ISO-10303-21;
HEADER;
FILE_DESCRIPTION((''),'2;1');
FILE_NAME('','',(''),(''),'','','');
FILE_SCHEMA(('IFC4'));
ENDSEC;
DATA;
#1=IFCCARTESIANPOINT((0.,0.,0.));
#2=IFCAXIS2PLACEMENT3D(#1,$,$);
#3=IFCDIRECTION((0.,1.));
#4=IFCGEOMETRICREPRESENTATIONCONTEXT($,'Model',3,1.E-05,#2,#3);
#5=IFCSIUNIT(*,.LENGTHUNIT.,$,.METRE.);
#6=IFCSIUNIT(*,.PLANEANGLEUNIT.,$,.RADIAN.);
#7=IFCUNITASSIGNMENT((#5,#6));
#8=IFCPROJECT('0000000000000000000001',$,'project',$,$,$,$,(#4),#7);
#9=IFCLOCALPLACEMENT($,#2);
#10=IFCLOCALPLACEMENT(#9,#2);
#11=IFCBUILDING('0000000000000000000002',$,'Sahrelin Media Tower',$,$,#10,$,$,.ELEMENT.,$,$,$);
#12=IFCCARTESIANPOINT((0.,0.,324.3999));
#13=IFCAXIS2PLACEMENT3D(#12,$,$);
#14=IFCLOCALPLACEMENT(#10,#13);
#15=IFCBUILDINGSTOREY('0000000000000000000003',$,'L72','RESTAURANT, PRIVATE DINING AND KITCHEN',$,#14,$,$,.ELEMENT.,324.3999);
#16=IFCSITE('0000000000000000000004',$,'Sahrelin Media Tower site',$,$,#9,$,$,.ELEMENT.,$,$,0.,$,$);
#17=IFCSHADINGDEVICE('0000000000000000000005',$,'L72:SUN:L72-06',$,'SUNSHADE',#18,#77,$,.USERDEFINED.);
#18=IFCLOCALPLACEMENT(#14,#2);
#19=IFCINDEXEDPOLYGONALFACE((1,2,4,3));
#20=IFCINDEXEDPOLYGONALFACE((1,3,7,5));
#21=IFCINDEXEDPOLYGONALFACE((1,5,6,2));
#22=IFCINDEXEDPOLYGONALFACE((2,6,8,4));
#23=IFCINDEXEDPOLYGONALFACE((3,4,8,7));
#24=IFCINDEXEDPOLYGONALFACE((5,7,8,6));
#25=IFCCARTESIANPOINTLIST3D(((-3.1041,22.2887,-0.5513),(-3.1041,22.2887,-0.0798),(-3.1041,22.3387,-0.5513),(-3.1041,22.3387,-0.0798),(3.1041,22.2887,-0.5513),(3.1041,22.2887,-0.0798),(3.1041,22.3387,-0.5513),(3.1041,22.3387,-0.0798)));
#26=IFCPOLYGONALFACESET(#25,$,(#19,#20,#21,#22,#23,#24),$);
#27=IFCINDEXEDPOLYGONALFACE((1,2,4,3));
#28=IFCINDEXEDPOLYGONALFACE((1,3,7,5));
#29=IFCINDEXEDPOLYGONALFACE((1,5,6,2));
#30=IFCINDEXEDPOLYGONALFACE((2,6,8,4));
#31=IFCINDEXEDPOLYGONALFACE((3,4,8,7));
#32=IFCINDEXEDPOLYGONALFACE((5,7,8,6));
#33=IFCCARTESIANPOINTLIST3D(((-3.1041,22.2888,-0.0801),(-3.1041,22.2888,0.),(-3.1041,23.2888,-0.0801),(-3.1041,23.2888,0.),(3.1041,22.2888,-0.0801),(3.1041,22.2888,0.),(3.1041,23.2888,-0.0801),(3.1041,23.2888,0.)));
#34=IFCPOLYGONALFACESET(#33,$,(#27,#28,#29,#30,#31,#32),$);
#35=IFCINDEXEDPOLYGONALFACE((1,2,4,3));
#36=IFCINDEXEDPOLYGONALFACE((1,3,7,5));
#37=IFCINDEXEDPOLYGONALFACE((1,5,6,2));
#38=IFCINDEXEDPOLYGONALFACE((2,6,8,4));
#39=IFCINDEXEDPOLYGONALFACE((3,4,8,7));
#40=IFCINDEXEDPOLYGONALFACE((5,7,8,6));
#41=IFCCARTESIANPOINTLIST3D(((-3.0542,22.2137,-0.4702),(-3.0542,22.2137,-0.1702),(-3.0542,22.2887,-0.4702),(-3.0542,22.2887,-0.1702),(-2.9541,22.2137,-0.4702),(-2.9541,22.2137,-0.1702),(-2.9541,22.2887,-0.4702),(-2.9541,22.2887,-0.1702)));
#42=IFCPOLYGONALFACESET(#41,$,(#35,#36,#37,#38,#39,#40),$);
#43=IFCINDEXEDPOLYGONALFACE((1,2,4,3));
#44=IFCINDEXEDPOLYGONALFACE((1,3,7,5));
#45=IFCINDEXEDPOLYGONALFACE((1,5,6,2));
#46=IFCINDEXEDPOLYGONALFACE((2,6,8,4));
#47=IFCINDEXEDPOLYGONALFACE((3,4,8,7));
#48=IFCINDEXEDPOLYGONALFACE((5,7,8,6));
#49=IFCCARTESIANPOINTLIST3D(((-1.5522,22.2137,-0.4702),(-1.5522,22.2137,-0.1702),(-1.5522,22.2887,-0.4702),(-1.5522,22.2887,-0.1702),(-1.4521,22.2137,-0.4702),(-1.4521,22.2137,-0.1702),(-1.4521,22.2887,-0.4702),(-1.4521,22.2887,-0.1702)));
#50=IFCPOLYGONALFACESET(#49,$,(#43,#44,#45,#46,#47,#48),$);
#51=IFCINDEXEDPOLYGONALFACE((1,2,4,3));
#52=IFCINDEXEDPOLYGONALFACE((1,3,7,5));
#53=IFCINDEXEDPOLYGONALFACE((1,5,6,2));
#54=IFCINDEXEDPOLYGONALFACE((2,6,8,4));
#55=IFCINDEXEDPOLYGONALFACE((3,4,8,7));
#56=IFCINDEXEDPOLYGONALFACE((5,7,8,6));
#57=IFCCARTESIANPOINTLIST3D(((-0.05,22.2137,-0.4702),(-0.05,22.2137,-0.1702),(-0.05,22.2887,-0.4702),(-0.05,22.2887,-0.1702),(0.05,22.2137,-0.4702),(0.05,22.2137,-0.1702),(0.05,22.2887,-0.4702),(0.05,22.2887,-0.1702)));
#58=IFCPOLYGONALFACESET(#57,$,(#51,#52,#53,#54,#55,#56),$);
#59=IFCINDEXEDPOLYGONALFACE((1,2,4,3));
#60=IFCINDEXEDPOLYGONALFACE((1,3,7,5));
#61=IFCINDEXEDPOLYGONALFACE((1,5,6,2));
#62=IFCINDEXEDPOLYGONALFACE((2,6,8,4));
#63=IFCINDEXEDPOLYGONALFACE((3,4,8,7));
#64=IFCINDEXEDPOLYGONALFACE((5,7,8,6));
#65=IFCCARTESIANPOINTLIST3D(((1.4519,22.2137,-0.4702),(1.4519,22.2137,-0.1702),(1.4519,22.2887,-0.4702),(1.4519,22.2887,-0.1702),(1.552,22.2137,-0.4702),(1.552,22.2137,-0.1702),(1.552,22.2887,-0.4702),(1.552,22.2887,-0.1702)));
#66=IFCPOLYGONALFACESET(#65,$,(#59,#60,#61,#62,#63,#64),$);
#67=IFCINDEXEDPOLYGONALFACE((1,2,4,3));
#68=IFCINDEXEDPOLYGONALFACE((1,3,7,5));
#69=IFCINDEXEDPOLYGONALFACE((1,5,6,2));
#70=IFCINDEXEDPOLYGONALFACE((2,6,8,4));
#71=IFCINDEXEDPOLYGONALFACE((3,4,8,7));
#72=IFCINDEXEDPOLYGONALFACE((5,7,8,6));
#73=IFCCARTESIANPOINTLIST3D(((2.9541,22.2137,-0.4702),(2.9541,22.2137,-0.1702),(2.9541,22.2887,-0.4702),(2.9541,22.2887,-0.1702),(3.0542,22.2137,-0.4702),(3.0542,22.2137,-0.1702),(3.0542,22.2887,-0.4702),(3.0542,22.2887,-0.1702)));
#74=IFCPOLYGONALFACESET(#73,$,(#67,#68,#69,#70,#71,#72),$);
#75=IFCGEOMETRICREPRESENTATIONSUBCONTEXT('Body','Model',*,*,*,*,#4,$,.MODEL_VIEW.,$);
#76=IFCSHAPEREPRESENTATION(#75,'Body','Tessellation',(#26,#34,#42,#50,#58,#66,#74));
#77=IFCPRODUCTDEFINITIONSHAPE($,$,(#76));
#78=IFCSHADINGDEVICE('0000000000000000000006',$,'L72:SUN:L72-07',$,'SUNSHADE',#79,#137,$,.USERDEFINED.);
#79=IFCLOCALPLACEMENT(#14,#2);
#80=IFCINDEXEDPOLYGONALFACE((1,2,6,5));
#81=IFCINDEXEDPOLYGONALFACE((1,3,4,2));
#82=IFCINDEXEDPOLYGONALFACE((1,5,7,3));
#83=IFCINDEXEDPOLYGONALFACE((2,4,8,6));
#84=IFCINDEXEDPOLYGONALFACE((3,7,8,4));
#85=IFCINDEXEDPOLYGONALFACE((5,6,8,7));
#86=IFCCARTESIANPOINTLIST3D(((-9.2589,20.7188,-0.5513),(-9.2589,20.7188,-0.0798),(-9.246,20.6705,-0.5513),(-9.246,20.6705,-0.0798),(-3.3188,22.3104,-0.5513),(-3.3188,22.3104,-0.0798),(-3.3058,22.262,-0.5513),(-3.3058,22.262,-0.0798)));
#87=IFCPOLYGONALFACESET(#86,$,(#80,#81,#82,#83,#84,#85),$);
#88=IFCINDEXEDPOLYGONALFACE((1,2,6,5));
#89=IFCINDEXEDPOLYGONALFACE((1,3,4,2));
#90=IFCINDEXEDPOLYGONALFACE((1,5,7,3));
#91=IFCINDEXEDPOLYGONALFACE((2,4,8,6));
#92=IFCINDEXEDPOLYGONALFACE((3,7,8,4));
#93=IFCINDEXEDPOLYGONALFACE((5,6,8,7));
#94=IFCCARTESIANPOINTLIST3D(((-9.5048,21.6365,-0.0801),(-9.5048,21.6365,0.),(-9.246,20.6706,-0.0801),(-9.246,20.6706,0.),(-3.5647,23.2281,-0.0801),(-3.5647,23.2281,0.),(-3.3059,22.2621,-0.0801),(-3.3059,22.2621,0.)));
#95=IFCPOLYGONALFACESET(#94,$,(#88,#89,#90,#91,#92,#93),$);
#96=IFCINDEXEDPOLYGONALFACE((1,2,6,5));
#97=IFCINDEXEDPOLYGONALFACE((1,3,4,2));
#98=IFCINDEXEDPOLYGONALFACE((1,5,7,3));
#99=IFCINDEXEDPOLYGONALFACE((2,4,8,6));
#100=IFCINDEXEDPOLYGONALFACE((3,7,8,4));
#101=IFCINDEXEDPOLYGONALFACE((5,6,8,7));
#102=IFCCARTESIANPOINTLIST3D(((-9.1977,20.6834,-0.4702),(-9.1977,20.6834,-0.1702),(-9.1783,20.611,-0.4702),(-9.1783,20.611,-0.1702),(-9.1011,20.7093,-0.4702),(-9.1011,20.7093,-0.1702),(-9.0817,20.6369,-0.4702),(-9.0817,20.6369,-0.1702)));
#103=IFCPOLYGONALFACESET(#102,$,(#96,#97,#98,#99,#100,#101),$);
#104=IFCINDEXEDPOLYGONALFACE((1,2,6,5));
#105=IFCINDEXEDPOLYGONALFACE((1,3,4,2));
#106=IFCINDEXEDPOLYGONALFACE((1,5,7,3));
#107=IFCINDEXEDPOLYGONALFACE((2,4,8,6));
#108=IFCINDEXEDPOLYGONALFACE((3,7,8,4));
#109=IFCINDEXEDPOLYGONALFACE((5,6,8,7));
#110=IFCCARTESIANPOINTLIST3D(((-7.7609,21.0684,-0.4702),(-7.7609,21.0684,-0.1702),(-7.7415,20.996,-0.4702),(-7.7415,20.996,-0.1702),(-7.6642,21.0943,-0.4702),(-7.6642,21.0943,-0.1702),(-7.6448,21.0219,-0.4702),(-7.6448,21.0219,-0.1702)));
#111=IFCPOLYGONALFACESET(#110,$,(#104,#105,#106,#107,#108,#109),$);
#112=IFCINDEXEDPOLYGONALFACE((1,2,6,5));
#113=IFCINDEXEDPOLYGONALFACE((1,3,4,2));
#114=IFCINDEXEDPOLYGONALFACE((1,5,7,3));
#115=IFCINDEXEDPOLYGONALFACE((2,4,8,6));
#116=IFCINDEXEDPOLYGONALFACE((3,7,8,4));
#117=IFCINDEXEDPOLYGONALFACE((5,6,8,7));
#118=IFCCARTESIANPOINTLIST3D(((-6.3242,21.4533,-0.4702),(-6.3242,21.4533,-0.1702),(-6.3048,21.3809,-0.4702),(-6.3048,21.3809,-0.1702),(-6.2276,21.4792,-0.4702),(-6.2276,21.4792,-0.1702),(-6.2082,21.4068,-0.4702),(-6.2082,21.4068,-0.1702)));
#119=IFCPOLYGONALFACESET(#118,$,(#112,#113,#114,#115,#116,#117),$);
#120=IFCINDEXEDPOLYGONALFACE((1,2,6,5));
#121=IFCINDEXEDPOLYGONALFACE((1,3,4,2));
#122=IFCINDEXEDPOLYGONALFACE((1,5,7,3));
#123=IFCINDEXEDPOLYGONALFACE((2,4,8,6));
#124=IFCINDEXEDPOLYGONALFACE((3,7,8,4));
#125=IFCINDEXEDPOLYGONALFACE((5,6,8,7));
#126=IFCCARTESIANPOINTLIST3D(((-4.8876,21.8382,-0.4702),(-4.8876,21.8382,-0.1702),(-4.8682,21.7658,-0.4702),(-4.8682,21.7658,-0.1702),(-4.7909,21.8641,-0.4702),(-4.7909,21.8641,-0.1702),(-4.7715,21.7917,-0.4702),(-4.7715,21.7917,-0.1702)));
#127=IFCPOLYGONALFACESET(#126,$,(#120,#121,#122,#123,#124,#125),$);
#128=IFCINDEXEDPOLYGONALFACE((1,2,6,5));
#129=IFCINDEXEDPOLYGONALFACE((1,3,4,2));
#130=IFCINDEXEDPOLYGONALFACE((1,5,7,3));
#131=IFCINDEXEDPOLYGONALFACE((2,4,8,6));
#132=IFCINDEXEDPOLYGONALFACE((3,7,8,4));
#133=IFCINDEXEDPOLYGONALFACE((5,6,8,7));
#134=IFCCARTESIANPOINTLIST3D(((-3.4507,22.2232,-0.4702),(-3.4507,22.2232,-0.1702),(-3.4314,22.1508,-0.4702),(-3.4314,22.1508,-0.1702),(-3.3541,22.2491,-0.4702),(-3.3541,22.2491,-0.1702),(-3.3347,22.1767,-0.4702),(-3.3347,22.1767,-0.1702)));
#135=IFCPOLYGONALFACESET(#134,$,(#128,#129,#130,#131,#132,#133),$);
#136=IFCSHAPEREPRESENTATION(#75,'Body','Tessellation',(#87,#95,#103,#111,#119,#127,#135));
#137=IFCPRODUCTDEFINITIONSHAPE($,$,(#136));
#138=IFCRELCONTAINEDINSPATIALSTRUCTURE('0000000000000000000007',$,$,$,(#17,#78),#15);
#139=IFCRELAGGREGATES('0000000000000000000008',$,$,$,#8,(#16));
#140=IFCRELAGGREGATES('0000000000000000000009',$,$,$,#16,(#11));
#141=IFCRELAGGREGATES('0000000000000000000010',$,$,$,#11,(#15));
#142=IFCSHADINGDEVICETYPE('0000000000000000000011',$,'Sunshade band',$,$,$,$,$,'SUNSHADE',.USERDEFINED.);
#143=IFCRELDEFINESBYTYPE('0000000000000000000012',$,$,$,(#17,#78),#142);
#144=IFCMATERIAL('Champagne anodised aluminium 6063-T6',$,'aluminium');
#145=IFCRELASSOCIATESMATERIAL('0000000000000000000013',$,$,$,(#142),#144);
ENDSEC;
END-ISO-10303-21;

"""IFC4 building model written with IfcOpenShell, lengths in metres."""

from ifc_helpers import new_model, si_unit, direction, frame, origin, origin_2d, place, context, subcontext, project, spatial, rectangle, extrude, material, type_object, element, save


model = new_model("IFC4")

# Units and contexts
model_context = context("Model", 3, precision=1e-05, world=origin(), true_north=direction((0.0, 1.0)))
body_context = subcontext(model_context, "Body", "Model", "MODEL_VIEW")
ifc_project = project(units=[si_unit("LENGTHUNIT", "METRE"), si_unit("PLANEANGLEUNIT", "RADIAN")], contexts=[model_context])

# Site, building, storey
site_placement = place(None, origin())
site = spatial("IfcSite", under=ifc_project, at=site_placement, Name="Sahrelin Media Tower site", CompositionType="ELEMENT", RefElevation=0.0)
building_placement = place(site_placement, origin())
building = spatial("IfcBuilding", under=site, at=building_placement, Name="Sahrelin Media Tower", CompositionType="ELEMENT")
storey_placement = place(building_placement, frame((0.0, 0.0, 324.3999)))
storey = spatial("IfcBuildingStorey", under=building, at=storey_placement, Name="L72", Description="RESTAURANT, PRIVATE DINING AND KITCHEN", CompositionType="ELEMENT", Elevation=324.3999)

# Shared definitions
ifc_material_1 = material(Name="Champagne anodised aluminium 6063-T6", Category="aluminium")
placement_1 = place(storey_placement, frame((0.0, 22.2688, 0.0), z_axis=(0.0, 0.0, 1.0), x_axis=(1.0, 0.0, 0.0)))

# Shading devices
placement_2 = place(storey_placement, frame((-6.2708, 21.447, 0.0), z_axis=(0.0, 0.0, 1.0), x_axis=(0.965929, 0.258808, 0.0)))
shading_device_type_1 = type_object("IfcShadingDeviceType", Name="Sunshade band", ElementType="SUNSHADE", PredefinedType="USERDEFINED", material=ifc_material_1)
element("IfcShadingDevice", 1, at=placement_1, inside=storey, type_object=shading_device_type_1, Name="L72:SUN:L72-06", ObjectType="SUNSHADE", PredefinedType="USERDEFINED", context=body_context, shape_type="SweptSolid", body=[
    extrude(rectangle(XDim=6.2083, YDim=0.05, at=origin_2d()), frame((0.0, 0.0449, -0.5513)), (0.0, 0.0, 1.0), 0.4714),
    extrude(rectangle(XDim=6.2083, YDim=1.0, at=origin_2d()), frame((0.0, 0.52, -0.0801)), (0.0, 0.0, 1.0), 0.0801),
    extrude(rectangle(XDim=0.1001, YDim=0.075, at=origin_2d()), frame((-3.0042, -0.0176, -0.4702)), (0.0, 0.0, 1.0), 0.3),
    extrude(rectangle(XDim=0.1001, YDim=0.075, at=origin_2d()), frame((-1.5022, -0.0176, -0.4702)), (0.0, 0.0, 1.0), 0.3),
    extrude(rectangle(XDim=0.1001, YDim=0.075, at=origin_2d()), frame((0.0, -0.0176, -0.4702)), (0.0, 0.0, 1.0), 0.3),
    extrude(rectangle(XDim=0.1001, YDim=0.075, at=origin_2d()), frame((1.502, -0.0176, -0.4702)), (0.0, 0.0, 1.0), 0.3),
    extrude(rectangle(XDim=0.1001, YDim=0.075, at=origin_2d()), frame((3.0042, -0.0176, -0.4702)), (0.0, 0.0, 1.0), 0.3),
])
element("IfcShadingDevice", 2, at=placement_2, inside=storey, type_object=shading_device_type_1, Name="L72:SUN:L72-07", ObjectType="SUNSHADE", PredefinedType="USERDEFINED", context=body_context, shape_type="SweptSolid", body=[
    extrude(rectangle(XDim=6.1497, YDim=0.05, at=origin_2d()), frame((0.0, 0.0449, -0.5513)), (0.0, 0.0, 1.0), 0.4714),
    extrude(rectangle(XDim=6.1497, YDim=1.0, at=origin_2d()), frame((0.0, 0.52, -0.0801)), (0.0, 0.0, 1.0), 0.0801),
    extrude(rectangle(XDim=0.1001, YDim=0.075, at=origin_2d()), frame((-2.9749, -0.0176, -0.4702)), (0.0, 0.0, 1.0), 0.3),
    extrude(rectangle(XDim=0.1001, YDim=0.075, at=origin_2d()), frame((-1.4873, -0.0176, -0.4702)), (0.0, 0.0, 1.0), 0.3),
    extrude(rectangle(XDim=0.1001, YDim=0.075, at=origin_2d()), frame((0.0, -0.0176, -0.4702)), (0.0, 0.0, 1.0), 0.3),
    extrude(rectangle(XDim=0.1001, YDim=0.075, at=origin_2d()), frame((1.4873, -0.0176, -0.4702)), (0.0, 0.0, 1.0), 0.3),
    extrude(rectangle(XDim=0.1001, YDim=0.075, at=origin_2d()), frame((2.9749, -0.0176, -0.4702)), (0.0, 0.0, 1.0), 0.3),
])

save(model, "model.ifc")
